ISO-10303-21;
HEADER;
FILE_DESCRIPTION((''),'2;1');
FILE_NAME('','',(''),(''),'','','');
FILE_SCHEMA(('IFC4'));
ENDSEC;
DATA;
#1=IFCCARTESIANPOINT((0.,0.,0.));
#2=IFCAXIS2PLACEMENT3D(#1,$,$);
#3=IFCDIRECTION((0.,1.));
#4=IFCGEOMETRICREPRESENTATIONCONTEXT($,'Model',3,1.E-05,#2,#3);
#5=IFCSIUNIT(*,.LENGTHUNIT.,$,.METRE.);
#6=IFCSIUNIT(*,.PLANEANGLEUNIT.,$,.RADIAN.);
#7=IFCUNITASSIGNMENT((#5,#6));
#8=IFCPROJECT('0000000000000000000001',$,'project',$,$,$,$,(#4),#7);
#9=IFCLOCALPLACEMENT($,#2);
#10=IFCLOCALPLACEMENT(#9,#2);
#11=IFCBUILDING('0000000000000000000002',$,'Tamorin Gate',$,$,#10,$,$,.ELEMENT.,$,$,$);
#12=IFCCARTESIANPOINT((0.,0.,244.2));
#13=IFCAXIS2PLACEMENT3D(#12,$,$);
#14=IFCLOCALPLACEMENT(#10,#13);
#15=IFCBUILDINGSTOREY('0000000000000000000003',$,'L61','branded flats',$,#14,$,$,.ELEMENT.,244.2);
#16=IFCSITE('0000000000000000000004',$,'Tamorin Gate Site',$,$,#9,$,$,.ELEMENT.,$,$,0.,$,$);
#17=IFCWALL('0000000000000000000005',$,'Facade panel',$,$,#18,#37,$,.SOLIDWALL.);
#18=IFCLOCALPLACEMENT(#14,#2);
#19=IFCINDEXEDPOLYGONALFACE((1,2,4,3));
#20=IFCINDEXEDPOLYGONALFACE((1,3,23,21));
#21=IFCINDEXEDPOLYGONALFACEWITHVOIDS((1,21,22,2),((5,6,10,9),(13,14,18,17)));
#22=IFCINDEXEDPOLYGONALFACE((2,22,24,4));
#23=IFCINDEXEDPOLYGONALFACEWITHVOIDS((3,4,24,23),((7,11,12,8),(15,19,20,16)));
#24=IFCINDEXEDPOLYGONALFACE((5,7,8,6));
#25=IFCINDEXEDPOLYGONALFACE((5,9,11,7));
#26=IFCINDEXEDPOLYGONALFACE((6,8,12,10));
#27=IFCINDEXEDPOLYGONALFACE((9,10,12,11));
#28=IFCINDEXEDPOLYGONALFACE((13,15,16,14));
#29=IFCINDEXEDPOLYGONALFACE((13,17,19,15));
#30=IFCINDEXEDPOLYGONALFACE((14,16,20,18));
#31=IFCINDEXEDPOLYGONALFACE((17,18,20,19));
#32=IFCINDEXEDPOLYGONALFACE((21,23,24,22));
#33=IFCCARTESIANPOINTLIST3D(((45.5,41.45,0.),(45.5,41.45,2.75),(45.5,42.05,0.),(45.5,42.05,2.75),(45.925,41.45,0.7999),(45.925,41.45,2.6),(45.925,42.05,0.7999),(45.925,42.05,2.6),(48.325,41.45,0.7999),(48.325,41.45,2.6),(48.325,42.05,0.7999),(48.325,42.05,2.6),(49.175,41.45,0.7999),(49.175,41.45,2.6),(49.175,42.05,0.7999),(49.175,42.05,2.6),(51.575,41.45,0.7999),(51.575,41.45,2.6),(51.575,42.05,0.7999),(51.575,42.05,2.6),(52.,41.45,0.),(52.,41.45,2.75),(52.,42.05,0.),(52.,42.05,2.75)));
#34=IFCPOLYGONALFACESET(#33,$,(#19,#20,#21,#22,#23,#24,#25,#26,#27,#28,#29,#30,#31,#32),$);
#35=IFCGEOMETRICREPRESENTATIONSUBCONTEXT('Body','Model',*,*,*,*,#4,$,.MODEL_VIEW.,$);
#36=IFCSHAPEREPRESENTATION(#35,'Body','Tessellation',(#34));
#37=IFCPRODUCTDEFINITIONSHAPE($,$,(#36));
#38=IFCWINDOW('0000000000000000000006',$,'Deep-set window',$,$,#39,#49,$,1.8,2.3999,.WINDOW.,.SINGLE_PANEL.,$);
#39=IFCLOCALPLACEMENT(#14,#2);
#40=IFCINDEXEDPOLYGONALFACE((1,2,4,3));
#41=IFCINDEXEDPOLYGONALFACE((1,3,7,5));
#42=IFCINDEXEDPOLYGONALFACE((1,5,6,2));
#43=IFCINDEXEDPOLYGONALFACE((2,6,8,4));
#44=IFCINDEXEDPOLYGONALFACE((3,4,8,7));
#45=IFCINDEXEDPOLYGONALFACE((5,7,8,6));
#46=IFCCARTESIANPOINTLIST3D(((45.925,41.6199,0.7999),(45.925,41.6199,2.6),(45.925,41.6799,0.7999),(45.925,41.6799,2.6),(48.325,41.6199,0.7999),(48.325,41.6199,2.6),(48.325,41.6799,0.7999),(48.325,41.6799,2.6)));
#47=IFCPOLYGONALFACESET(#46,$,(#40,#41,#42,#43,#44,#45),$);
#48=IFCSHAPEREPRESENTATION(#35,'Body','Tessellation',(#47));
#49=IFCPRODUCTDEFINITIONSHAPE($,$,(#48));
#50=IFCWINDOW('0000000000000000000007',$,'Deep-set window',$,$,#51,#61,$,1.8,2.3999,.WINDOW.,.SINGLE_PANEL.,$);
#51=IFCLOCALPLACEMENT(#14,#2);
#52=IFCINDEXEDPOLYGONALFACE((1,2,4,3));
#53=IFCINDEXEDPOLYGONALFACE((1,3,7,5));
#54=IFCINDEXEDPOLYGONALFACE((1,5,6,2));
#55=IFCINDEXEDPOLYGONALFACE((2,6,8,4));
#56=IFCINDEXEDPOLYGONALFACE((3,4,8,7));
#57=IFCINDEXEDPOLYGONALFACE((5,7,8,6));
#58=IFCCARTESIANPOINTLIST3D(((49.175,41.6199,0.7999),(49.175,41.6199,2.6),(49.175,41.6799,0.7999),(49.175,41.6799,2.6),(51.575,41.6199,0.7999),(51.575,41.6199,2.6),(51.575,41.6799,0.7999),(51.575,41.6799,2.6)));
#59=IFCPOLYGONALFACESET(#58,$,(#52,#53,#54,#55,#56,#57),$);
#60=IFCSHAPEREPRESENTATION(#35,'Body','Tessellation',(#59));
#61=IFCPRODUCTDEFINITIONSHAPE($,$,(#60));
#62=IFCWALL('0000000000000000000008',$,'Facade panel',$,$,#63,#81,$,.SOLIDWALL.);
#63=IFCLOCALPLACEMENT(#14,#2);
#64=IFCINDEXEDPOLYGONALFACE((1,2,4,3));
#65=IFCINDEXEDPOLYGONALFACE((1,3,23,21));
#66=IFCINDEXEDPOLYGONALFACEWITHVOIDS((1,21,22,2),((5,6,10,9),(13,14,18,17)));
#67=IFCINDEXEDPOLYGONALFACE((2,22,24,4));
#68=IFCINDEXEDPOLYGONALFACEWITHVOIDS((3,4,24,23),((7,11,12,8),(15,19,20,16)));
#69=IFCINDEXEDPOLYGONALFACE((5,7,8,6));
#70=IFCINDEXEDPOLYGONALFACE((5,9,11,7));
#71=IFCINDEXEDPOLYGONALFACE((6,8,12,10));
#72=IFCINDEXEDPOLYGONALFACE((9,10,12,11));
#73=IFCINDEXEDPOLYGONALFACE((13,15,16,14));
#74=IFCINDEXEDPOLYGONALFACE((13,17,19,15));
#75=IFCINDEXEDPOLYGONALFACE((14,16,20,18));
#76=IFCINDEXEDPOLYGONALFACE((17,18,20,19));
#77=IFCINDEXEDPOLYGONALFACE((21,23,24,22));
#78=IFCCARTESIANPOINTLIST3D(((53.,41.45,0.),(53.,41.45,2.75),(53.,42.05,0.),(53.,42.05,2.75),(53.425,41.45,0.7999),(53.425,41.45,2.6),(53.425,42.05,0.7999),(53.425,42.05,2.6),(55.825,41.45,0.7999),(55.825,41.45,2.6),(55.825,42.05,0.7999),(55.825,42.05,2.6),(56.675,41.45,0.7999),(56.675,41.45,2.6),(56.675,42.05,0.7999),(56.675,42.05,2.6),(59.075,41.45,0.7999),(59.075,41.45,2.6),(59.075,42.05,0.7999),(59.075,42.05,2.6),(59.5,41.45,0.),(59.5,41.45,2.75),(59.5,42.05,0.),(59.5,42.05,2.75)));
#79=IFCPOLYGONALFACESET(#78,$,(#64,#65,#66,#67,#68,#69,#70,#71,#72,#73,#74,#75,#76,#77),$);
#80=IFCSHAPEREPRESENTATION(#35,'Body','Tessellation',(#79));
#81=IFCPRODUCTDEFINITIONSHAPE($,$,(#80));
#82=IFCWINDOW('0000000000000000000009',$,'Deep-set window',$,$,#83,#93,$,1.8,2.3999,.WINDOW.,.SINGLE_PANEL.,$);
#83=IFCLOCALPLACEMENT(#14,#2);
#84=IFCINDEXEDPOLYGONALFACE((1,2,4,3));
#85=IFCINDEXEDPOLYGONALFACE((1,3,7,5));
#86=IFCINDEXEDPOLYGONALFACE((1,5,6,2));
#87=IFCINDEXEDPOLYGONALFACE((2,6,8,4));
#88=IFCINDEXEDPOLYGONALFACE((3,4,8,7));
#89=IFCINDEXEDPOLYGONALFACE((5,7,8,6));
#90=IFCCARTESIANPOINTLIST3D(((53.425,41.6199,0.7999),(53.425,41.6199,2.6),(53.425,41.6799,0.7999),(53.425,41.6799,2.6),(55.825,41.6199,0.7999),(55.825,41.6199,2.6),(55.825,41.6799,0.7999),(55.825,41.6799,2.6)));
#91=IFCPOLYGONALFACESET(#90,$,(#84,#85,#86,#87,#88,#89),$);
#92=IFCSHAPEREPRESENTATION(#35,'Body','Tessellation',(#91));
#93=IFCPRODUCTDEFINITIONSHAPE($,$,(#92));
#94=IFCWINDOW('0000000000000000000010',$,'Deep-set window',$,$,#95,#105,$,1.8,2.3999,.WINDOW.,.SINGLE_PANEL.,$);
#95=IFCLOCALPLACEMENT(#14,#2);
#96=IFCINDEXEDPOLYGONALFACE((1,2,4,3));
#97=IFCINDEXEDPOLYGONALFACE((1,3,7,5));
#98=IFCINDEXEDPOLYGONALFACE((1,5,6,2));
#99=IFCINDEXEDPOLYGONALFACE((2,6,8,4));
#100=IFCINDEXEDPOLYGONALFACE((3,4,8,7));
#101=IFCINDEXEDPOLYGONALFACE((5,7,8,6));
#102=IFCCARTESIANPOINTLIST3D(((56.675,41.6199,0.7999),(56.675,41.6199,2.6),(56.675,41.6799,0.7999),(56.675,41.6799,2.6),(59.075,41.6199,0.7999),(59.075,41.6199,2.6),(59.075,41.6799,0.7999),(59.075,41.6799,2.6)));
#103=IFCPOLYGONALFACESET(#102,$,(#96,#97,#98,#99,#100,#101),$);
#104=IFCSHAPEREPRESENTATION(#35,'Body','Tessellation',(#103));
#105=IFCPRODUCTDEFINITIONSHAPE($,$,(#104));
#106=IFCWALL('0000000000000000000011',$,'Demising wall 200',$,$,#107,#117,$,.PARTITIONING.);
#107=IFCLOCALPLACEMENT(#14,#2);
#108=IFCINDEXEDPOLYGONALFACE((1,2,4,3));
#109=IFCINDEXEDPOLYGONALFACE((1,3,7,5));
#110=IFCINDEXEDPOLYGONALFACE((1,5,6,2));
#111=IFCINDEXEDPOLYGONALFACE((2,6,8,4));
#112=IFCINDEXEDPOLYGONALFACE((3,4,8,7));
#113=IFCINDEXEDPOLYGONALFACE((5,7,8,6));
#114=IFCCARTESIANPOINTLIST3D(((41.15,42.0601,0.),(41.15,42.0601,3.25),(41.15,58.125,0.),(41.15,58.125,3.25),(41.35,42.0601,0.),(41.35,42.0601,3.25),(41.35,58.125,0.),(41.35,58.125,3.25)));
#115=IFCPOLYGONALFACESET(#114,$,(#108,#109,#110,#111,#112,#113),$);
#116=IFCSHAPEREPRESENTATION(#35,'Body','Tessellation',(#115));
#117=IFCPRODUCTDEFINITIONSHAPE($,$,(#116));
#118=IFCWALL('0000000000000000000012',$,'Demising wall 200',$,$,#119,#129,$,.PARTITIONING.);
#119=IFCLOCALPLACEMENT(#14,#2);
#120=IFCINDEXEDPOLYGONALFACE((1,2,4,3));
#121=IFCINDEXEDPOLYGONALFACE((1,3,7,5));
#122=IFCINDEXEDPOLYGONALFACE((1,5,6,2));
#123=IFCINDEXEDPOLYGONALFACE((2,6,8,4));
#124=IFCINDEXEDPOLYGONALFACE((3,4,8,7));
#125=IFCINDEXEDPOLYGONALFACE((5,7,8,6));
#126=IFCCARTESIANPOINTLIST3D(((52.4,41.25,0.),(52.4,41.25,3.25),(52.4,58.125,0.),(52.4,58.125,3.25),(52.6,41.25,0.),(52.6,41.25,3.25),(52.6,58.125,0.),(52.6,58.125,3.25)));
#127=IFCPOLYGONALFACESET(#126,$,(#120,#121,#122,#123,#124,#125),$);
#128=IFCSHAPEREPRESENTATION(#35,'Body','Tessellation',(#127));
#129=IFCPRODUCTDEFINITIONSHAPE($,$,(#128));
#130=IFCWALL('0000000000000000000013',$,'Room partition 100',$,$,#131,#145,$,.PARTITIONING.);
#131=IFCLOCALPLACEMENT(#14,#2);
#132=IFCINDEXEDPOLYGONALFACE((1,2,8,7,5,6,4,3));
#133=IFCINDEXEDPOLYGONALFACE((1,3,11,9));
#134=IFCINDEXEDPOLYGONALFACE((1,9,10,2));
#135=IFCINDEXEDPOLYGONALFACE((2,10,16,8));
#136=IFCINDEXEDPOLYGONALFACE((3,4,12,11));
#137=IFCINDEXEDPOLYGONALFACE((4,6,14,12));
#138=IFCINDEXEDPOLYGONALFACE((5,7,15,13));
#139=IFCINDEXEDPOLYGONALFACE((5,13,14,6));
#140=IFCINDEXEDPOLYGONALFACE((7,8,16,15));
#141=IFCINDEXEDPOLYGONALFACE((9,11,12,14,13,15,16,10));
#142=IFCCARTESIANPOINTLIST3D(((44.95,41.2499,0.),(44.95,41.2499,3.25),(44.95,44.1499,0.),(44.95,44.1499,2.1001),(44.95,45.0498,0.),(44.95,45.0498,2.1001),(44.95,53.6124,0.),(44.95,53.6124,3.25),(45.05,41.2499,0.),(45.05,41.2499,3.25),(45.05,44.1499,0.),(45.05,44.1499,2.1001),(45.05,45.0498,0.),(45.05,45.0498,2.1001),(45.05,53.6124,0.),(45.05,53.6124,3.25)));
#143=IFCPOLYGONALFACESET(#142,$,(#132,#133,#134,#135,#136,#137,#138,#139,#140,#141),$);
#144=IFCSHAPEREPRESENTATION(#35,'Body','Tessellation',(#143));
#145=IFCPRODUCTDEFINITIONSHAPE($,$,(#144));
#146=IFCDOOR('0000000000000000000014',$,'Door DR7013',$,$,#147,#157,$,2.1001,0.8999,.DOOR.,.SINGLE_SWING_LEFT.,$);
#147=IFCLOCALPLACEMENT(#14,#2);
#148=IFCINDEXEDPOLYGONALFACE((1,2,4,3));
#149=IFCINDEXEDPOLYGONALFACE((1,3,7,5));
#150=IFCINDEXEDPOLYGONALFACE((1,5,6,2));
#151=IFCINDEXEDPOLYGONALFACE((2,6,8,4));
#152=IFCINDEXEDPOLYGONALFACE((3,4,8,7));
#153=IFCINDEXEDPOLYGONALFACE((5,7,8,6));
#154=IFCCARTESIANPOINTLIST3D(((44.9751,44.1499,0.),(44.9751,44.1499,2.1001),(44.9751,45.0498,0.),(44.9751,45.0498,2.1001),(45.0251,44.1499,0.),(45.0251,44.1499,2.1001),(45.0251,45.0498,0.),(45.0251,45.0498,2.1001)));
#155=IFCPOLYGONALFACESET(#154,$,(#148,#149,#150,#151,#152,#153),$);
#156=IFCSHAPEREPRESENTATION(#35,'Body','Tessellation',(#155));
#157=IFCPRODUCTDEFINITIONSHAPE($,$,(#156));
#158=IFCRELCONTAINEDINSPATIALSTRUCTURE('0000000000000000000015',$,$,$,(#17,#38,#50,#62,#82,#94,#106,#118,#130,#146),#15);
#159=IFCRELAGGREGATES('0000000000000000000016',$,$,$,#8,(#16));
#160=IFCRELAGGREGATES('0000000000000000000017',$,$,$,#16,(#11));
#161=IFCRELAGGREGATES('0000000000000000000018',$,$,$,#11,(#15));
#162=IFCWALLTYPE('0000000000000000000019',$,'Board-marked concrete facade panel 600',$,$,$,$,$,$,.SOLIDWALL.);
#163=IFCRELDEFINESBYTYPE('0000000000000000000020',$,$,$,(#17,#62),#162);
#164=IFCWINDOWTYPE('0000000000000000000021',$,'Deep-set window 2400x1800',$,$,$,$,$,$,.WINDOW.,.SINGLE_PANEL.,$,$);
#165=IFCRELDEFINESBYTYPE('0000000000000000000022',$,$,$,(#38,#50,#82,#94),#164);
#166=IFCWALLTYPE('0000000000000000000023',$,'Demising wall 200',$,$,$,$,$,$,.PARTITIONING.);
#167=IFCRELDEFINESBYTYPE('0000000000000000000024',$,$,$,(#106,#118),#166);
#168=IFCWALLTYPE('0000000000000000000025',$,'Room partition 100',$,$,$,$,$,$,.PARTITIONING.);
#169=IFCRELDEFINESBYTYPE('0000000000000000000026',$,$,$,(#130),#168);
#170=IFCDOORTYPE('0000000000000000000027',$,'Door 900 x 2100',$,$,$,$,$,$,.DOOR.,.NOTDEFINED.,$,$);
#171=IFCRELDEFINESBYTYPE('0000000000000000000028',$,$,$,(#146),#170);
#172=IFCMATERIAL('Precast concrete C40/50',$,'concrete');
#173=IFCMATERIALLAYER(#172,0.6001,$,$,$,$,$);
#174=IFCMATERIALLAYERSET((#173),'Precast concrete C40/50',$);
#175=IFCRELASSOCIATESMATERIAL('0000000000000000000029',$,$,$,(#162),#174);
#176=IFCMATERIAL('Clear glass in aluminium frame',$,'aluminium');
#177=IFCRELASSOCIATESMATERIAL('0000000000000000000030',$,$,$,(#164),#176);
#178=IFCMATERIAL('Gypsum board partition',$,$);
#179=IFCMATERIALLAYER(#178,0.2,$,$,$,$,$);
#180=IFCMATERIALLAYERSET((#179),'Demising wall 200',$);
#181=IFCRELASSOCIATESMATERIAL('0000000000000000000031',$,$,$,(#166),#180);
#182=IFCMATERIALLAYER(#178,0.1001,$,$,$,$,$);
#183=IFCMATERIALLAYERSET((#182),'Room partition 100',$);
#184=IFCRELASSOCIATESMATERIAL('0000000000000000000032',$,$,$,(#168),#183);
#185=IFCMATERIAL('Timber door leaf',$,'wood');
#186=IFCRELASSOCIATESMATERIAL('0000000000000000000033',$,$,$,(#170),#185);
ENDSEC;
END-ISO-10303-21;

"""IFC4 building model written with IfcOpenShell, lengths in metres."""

from ifc_helpers import new_model, si_unit, direction, frame, frame_2d, origin, place, context, subcontext, project, spatial, rectangle, extrude, material, layer, layer_set, type_object, element, fill, save


model = new_model("IFC4")

# Units and contexts
model_context = context("Model", 3, precision=1e-05, world=origin(), true_north=direction((0.0, 1.0)))
body_context = subcontext(model_context, "Body", "Model", "MODEL_VIEW")
ifc_project = project(units=[si_unit("LENGTHUNIT", "METRE"), si_unit("PLANEANGLEUNIT", "RADIAN")], contexts=[model_context])

# Site, building, storey
site_placement = place(None, origin())
site = spatial("IfcSite", under=ifc_project, at=site_placement, Name="Tamorin Gate Site", CompositionType="ELEMENT", RefElevation=0.0)
building_placement = place(site_placement, origin())
building = spatial("IfcBuilding", under=site, at=building_placement, Name="Tamorin Gate", CompositionType="ELEMENT")
storey_placement = place(building_placement, frame((0.0, 0.0, 244.2)))
storey = spatial("IfcBuildingStorey", under=building, at=storey_placement, Name="L61", Description="branded flats", CompositionType="ELEMENT", Elevation=244.2)

# Walls, openings, windows
ifc_material_1 = material(Name="Precast concrete C40/50", Category="concrete")
ifc_layer_1 = layer(ifc_material_1, 0.6001)
ifc_layer_set_1 = layer_set([ifc_layer_1], Name="Precast concrete C40/50")
wall_type_1 = type_object("IfcWallType", Name="Board-marked concrete facade panel 600", PredefinedType="SOLIDWALL", material=ifc_layer_set_1)
ifc_material_2 = material(Name="Clear glass in aluminium frame", Category="aluminium")
window_type = type_object("IfcWindowType", Name="Deep-set window 2400x1800", PartitioningType="SINGLE_PANEL", PredefinedType="WINDOW", material=ifc_material_2)
wall_1_placement = place(storey_placement, frame((45.5, 41.75, 0.0), z_axis=(0.0, 0.0, 1.0), x_axis=(1.0, 0.0, 0.0)))
wall_1 = element("IfcWall", 1, at=wall_1_placement, inside=storey, type_object=wall_type_1, Name="Facade panel", PredefinedType="SOLIDWALL", context=body_context, shape_type="SweptSolid", body=[
    extrude(rectangle(XDim=6.5, YDim=0.6001, at=frame_2d((3.25, 0.0))), origin(), (0.0, 0.0, 1.0), 2.75),
])
opening_1_placement = place(wall_1_placement, frame((0.425, 0.0, 0.8)))
opening_1 = element("IfcOpeningElement", 2, at=opening_1_placement, cuts=wall_1, PredefinedType="OPENING", context=body_context, shape_type="SweptSolid", body=[
    extrude(rectangle(XDim=2.3999, YDim=1.8, at=frame_2d((1.2, 0.8999))), frame((0.0, 0.3101, 0.0), z_axis=(0.0, -1.0, 0.0), x_axis=(1.0, 0.0, 0.0)), (0.0, 0.0, 1.0), 0.6201),
])
opening_2_placement = place(wall_1_placement, frame((3.675, 0.0, 0.8)))
opening_2 = element("IfcOpeningElement", 3, at=opening_2_placement, cuts=wall_1, PredefinedType="OPENING", context=body_context, shape_type="SweptSolid", body=[
    extrude(rectangle(XDim=2.3999, YDim=1.8, at=frame_2d((1.2, 0.8999))), frame((0.0, 0.3101, 0.0), z_axis=(0.0, -1.0, 0.0), x_axis=(1.0, 0.0, 0.0)), (0.0, 0.0, 1.0), 0.6201),
])
window_1_placement = place(opening_1_placement, origin())
window_1 = element("IfcWindow", 4, at=window_1_placement, inside=storey, type_object=window_type, Name="Deep-set window", OverallHeight=1.8, OverallWidth=2.3999, PartitioningType="SINGLE_PANEL", PredefinedType="WINDOW", context=body_context, shape_type="SweptSolid", body=[
    extrude(rectangle(XDim=2.3999, YDim=1.8, at=frame_2d((1.2, 0.8999))), frame((0.0, -0.0701, 0.0), z_axis=(0.0, -1.0, 0.0), x_axis=(1.0, 0.0, 0.0)), (0.0, 0.0, 1.0), 0.0601),
])
fill(opening_1, window_1)
window_2_placement = place(opening_2_placement, origin())
window_2 = element("IfcWindow", 5, at=window_2_placement, inside=storey, type_object=window_type, Name="Deep-set window", OverallHeight=1.8, OverallWidth=2.3999, PartitioningType="SINGLE_PANEL", PredefinedType="WINDOW", context=body_context, shape_type="SweptSolid", body=[
    extrude(rectangle(XDim=2.3999, YDim=1.8, at=frame_2d((1.2, 0.8999))), frame((0.0, -0.0701, 0.0), z_axis=(0.0, -1.0, 0.0), x_axis=(1.0, 0.0, 0.0)), (0.0, 0.0, 1.0), 0.0601),
])
fill(opening_2, window_2)
wall_2_placement = place(storey_placement, frame((53.0, 41.75, 0.0), z_axis=(0.0, 0.0, 1.0), x_axis=(1.0, 0.0, 0.0)))
wall_2 = element("IfcWall", 6, at=wall_2_placement, inside=storey, type_object=wall_type_1, Name="Facade panel", PredefinedType="SOLIDWALL", context=body_context, shape_type="SweptSolid", body=[
    extrude(rectangle(XDim=6.5, YDim=0.6001, at=frame_2d((3.25, 0.0))), origin(), (0.0, 0.0, 1.0), 2.75),
])
opening_3_placement = place(wall_2_placement, frame((0.425, 0.0, 0.8)))
opening_3 = element("IfcOpeningElement", 7, at=opening_3_placement, cuts=wall_2, PredefinedType="OPENING", context=body_context, shape_type="SweptSolid", body=[
    extrude(rectangle(XDim=2.3999, YDim=1.8, at=frame_2d((1.2, 0.8999))), frame((0.0, 0.3101, 0.0), z_axis=(0.0, -1.0, 0.0), x_axis=(1.0, 0.0, 0.0)), (0.0, 0.0, 1.0), 0.6201),
])
opening_4_placement = place(wall_2_placement, frame((3.675, 0.0, 0.8)))
opening_4 = element("IfcOpeningElement", 8, at=opening_4_placement, cuts=wall_2, PredefinedType="OPENING", context=body_context, shape_type="SweptSolid", body=[
    extrude(rectangle(XDim=2.3999, YDim=1.8, at=frame_2d((1.2, 0.8999))), frame((0.0, 0.3101, 0.0), z_axis=(0.0, -1.0, 0.0), x_axis=(1.0, 0.0, 0.0)), (0.0, 0.0, 1.0), 0.6201),
])
window_3_placement = place(opening_3_placement, origin())
window_3 = element("IfcWindow", 9, at=window_3_placement, inside=storey, type_object=window_type, Name="Deep-set window", OverallHeight=1.8, OverallWidth=2.3999, PartitioningType="SINGLE_PANEL", PredefinedType="WINDOW", context=body_context, shape_type="SweptSolid", body=[
    extrude(rectangle(XDim=2.3999, YDim=1.8, at=frame_2d((1.2, 0.8999))), frame((0.0, -0.0701, 0.0), z_axis=(0.0, -1.0, 0.0), x_axis=(1.0, 0.0, 0.0)), (0.0, 0.0, 1.0), 0.0601),
])
fill(opening_3, window_3)
window_4_placement = place(opening_4_placement, origin())
window_4 = element("IfcWindow", 10, at=window_4_placement, inside=storey, type_object=window_type, Name="Deep-set window", OverallHeight=1.8, OverallWidth=2.3999, PartitioningType="SINGLE_PANEL", PredefinedType="WINDOW", context=body_context, shape_type="SweptSolid", body=[
    extrude(rectangle(XDim=2.3999, YDim=1.8, at=frame_2d((1.2, 0.8999))), frame((0.0, -0.0701, 0.0), z_axis=(0.0, -1.0, 0.0), x_axis=(1.0, 0.0, 0.0)), (0.0, 0.0, 1.0), 0.0601),
])
fill(opening_4, window_4)

# Walls
ifc_material_3 = material(Name="Gypsum board partition")
ifc_layer_2 = layer(ifc_material_3, 0.2)
ifc_layer_set_2 = layer_set([ifc_layer_2], Name="Demising wall 200")
wall_type_2 = type_object("IfcWallType", Name="Demising wall 200", PredefinedType="PARTITIONING", material=ifc_layer_set_2)
wall_3_placement = place(storey_placement, frame((41.25, 42.0601, 0.0), z_axis=(0.0, 0.0, 1.0), x_axis=(0.0, 1.0, 0.0)))
element("IfcWall", 11, at=wall_3_placement, inside=storey, type_object=wall_type_2, Name="Demising wall 200", PredefinedType="PARTITIONING", context=body_context, shape_type="SweptSolid", body=[
    extrude(rectangle(XDim=16.0649, YDim=0.2, at=frame_2d((8.0325, 0.0))), origin(), (0.0, 0.0, 1.0), 3.25),
])
wall_4_placement = place(storey_placement, frame((52.5, 41.25, 0.0), z_axis=(0.0, 0.0, 1.0), x_axis=(0.0, 1.0, 0.0)))
element("IfcWall", 12, at=wall_4_placement, inside=storey, type_object=wall_type_2, Name="Demising wall 200", PredefinedType="PARTITIONING", context=body_context, shape_type="SweptSolid", body=[
    extrude(rectangle(XDim=16.875, YDim=0.2, at=frame_2d((8.4375, 0.0))), origin(), (0.0, 0.0, 1.0), 3.25),
])

# Wall, opening, door
ifc_layer_3 = layer(ifc_material_3, 0.1001)
ifc_layer_set_3 = layer_set([ifc_layer_3], Name="Room partition 100")
wall_type_3 = type_object("IfcWallType", Name="Room partition 100", PredefinedType="PARTITIONING", material=ifc_layer_set_3)
wall_5_placement = place(storey_placement, frame((45.0, 41.25, 0.0), z_axis=(0.0, 0.0, 1.0), x_axis=(0.0, 1.0, 0.0)))
wall_5 = element("IfcWall", 13, at=wall_5_placement, inside=storey, type_object=wall_type_3, Name="Room partition 100", PredefinedType="PARTITIONING", context=body_context, shape_type="SweptSolid", body=[
    extrude(rectangle(XDim=12.3625, YDim=0.1001, at=frame_2d((6.1812, 0.0))), origin(), (0.0, 0.0, 1.0), 3.25),
])
opening_5_placement = place(wall_5_placement, frame((2.8999, 0.0, 0.0)))
opening_5 = element("IfcOpeningElement", 14, at=opening_5_placement, cuts=wall_5, PredefinedType="OPENING", context=body_context, shape_type="SweptSolid", body=[
    extrude(rectangle(XDim=0.8999, YDim=2.1001, at=frame_2d((0.45, 1.05))), frame((0.0, 0.0601, 0.0), z_axis=(0.0, -1.0, 0.0), x_axis=(1.0, 0.0, 0.0)), (0.0, 0.0, 1.0), 0.1201),
])
ifc_material_4 = material(Name="Timber door leaf", Category="wood")
door_type = type_object("IfcDoorType", Name="Door 900 x 2100", OperationType="NOTDEFINED", PredefinedType="DOOR", material=ifc_material_4)
door_1_placement = place(opening_5_placement, origin())
door_1 = element("IfcDoor", 15, at=door_1_placement, inside=storey, type_object=door_type, Name="Door DR7013", OperationType="SINGLE_SWING_LEFT", OverallHeight=2.1001, OverallWidth=0.8999, PredefinedType="DOOR", context=body_context, shape_type="SweptSolid", body=[
    extrude(rectangle(XDim=0.8999, YDim=2.1001, at=frame_2d((0.45, 1.05))), frame((0.0, 0.0249, 0.0), z_axis=(0.0, -1.0, 0.0), x_axis=(1.0, 0.0, 0.0)), (0.0, 0.0, 1.0), 0.05),
])
fill(opening_5, door_1)

save(model, "model.ifc")
